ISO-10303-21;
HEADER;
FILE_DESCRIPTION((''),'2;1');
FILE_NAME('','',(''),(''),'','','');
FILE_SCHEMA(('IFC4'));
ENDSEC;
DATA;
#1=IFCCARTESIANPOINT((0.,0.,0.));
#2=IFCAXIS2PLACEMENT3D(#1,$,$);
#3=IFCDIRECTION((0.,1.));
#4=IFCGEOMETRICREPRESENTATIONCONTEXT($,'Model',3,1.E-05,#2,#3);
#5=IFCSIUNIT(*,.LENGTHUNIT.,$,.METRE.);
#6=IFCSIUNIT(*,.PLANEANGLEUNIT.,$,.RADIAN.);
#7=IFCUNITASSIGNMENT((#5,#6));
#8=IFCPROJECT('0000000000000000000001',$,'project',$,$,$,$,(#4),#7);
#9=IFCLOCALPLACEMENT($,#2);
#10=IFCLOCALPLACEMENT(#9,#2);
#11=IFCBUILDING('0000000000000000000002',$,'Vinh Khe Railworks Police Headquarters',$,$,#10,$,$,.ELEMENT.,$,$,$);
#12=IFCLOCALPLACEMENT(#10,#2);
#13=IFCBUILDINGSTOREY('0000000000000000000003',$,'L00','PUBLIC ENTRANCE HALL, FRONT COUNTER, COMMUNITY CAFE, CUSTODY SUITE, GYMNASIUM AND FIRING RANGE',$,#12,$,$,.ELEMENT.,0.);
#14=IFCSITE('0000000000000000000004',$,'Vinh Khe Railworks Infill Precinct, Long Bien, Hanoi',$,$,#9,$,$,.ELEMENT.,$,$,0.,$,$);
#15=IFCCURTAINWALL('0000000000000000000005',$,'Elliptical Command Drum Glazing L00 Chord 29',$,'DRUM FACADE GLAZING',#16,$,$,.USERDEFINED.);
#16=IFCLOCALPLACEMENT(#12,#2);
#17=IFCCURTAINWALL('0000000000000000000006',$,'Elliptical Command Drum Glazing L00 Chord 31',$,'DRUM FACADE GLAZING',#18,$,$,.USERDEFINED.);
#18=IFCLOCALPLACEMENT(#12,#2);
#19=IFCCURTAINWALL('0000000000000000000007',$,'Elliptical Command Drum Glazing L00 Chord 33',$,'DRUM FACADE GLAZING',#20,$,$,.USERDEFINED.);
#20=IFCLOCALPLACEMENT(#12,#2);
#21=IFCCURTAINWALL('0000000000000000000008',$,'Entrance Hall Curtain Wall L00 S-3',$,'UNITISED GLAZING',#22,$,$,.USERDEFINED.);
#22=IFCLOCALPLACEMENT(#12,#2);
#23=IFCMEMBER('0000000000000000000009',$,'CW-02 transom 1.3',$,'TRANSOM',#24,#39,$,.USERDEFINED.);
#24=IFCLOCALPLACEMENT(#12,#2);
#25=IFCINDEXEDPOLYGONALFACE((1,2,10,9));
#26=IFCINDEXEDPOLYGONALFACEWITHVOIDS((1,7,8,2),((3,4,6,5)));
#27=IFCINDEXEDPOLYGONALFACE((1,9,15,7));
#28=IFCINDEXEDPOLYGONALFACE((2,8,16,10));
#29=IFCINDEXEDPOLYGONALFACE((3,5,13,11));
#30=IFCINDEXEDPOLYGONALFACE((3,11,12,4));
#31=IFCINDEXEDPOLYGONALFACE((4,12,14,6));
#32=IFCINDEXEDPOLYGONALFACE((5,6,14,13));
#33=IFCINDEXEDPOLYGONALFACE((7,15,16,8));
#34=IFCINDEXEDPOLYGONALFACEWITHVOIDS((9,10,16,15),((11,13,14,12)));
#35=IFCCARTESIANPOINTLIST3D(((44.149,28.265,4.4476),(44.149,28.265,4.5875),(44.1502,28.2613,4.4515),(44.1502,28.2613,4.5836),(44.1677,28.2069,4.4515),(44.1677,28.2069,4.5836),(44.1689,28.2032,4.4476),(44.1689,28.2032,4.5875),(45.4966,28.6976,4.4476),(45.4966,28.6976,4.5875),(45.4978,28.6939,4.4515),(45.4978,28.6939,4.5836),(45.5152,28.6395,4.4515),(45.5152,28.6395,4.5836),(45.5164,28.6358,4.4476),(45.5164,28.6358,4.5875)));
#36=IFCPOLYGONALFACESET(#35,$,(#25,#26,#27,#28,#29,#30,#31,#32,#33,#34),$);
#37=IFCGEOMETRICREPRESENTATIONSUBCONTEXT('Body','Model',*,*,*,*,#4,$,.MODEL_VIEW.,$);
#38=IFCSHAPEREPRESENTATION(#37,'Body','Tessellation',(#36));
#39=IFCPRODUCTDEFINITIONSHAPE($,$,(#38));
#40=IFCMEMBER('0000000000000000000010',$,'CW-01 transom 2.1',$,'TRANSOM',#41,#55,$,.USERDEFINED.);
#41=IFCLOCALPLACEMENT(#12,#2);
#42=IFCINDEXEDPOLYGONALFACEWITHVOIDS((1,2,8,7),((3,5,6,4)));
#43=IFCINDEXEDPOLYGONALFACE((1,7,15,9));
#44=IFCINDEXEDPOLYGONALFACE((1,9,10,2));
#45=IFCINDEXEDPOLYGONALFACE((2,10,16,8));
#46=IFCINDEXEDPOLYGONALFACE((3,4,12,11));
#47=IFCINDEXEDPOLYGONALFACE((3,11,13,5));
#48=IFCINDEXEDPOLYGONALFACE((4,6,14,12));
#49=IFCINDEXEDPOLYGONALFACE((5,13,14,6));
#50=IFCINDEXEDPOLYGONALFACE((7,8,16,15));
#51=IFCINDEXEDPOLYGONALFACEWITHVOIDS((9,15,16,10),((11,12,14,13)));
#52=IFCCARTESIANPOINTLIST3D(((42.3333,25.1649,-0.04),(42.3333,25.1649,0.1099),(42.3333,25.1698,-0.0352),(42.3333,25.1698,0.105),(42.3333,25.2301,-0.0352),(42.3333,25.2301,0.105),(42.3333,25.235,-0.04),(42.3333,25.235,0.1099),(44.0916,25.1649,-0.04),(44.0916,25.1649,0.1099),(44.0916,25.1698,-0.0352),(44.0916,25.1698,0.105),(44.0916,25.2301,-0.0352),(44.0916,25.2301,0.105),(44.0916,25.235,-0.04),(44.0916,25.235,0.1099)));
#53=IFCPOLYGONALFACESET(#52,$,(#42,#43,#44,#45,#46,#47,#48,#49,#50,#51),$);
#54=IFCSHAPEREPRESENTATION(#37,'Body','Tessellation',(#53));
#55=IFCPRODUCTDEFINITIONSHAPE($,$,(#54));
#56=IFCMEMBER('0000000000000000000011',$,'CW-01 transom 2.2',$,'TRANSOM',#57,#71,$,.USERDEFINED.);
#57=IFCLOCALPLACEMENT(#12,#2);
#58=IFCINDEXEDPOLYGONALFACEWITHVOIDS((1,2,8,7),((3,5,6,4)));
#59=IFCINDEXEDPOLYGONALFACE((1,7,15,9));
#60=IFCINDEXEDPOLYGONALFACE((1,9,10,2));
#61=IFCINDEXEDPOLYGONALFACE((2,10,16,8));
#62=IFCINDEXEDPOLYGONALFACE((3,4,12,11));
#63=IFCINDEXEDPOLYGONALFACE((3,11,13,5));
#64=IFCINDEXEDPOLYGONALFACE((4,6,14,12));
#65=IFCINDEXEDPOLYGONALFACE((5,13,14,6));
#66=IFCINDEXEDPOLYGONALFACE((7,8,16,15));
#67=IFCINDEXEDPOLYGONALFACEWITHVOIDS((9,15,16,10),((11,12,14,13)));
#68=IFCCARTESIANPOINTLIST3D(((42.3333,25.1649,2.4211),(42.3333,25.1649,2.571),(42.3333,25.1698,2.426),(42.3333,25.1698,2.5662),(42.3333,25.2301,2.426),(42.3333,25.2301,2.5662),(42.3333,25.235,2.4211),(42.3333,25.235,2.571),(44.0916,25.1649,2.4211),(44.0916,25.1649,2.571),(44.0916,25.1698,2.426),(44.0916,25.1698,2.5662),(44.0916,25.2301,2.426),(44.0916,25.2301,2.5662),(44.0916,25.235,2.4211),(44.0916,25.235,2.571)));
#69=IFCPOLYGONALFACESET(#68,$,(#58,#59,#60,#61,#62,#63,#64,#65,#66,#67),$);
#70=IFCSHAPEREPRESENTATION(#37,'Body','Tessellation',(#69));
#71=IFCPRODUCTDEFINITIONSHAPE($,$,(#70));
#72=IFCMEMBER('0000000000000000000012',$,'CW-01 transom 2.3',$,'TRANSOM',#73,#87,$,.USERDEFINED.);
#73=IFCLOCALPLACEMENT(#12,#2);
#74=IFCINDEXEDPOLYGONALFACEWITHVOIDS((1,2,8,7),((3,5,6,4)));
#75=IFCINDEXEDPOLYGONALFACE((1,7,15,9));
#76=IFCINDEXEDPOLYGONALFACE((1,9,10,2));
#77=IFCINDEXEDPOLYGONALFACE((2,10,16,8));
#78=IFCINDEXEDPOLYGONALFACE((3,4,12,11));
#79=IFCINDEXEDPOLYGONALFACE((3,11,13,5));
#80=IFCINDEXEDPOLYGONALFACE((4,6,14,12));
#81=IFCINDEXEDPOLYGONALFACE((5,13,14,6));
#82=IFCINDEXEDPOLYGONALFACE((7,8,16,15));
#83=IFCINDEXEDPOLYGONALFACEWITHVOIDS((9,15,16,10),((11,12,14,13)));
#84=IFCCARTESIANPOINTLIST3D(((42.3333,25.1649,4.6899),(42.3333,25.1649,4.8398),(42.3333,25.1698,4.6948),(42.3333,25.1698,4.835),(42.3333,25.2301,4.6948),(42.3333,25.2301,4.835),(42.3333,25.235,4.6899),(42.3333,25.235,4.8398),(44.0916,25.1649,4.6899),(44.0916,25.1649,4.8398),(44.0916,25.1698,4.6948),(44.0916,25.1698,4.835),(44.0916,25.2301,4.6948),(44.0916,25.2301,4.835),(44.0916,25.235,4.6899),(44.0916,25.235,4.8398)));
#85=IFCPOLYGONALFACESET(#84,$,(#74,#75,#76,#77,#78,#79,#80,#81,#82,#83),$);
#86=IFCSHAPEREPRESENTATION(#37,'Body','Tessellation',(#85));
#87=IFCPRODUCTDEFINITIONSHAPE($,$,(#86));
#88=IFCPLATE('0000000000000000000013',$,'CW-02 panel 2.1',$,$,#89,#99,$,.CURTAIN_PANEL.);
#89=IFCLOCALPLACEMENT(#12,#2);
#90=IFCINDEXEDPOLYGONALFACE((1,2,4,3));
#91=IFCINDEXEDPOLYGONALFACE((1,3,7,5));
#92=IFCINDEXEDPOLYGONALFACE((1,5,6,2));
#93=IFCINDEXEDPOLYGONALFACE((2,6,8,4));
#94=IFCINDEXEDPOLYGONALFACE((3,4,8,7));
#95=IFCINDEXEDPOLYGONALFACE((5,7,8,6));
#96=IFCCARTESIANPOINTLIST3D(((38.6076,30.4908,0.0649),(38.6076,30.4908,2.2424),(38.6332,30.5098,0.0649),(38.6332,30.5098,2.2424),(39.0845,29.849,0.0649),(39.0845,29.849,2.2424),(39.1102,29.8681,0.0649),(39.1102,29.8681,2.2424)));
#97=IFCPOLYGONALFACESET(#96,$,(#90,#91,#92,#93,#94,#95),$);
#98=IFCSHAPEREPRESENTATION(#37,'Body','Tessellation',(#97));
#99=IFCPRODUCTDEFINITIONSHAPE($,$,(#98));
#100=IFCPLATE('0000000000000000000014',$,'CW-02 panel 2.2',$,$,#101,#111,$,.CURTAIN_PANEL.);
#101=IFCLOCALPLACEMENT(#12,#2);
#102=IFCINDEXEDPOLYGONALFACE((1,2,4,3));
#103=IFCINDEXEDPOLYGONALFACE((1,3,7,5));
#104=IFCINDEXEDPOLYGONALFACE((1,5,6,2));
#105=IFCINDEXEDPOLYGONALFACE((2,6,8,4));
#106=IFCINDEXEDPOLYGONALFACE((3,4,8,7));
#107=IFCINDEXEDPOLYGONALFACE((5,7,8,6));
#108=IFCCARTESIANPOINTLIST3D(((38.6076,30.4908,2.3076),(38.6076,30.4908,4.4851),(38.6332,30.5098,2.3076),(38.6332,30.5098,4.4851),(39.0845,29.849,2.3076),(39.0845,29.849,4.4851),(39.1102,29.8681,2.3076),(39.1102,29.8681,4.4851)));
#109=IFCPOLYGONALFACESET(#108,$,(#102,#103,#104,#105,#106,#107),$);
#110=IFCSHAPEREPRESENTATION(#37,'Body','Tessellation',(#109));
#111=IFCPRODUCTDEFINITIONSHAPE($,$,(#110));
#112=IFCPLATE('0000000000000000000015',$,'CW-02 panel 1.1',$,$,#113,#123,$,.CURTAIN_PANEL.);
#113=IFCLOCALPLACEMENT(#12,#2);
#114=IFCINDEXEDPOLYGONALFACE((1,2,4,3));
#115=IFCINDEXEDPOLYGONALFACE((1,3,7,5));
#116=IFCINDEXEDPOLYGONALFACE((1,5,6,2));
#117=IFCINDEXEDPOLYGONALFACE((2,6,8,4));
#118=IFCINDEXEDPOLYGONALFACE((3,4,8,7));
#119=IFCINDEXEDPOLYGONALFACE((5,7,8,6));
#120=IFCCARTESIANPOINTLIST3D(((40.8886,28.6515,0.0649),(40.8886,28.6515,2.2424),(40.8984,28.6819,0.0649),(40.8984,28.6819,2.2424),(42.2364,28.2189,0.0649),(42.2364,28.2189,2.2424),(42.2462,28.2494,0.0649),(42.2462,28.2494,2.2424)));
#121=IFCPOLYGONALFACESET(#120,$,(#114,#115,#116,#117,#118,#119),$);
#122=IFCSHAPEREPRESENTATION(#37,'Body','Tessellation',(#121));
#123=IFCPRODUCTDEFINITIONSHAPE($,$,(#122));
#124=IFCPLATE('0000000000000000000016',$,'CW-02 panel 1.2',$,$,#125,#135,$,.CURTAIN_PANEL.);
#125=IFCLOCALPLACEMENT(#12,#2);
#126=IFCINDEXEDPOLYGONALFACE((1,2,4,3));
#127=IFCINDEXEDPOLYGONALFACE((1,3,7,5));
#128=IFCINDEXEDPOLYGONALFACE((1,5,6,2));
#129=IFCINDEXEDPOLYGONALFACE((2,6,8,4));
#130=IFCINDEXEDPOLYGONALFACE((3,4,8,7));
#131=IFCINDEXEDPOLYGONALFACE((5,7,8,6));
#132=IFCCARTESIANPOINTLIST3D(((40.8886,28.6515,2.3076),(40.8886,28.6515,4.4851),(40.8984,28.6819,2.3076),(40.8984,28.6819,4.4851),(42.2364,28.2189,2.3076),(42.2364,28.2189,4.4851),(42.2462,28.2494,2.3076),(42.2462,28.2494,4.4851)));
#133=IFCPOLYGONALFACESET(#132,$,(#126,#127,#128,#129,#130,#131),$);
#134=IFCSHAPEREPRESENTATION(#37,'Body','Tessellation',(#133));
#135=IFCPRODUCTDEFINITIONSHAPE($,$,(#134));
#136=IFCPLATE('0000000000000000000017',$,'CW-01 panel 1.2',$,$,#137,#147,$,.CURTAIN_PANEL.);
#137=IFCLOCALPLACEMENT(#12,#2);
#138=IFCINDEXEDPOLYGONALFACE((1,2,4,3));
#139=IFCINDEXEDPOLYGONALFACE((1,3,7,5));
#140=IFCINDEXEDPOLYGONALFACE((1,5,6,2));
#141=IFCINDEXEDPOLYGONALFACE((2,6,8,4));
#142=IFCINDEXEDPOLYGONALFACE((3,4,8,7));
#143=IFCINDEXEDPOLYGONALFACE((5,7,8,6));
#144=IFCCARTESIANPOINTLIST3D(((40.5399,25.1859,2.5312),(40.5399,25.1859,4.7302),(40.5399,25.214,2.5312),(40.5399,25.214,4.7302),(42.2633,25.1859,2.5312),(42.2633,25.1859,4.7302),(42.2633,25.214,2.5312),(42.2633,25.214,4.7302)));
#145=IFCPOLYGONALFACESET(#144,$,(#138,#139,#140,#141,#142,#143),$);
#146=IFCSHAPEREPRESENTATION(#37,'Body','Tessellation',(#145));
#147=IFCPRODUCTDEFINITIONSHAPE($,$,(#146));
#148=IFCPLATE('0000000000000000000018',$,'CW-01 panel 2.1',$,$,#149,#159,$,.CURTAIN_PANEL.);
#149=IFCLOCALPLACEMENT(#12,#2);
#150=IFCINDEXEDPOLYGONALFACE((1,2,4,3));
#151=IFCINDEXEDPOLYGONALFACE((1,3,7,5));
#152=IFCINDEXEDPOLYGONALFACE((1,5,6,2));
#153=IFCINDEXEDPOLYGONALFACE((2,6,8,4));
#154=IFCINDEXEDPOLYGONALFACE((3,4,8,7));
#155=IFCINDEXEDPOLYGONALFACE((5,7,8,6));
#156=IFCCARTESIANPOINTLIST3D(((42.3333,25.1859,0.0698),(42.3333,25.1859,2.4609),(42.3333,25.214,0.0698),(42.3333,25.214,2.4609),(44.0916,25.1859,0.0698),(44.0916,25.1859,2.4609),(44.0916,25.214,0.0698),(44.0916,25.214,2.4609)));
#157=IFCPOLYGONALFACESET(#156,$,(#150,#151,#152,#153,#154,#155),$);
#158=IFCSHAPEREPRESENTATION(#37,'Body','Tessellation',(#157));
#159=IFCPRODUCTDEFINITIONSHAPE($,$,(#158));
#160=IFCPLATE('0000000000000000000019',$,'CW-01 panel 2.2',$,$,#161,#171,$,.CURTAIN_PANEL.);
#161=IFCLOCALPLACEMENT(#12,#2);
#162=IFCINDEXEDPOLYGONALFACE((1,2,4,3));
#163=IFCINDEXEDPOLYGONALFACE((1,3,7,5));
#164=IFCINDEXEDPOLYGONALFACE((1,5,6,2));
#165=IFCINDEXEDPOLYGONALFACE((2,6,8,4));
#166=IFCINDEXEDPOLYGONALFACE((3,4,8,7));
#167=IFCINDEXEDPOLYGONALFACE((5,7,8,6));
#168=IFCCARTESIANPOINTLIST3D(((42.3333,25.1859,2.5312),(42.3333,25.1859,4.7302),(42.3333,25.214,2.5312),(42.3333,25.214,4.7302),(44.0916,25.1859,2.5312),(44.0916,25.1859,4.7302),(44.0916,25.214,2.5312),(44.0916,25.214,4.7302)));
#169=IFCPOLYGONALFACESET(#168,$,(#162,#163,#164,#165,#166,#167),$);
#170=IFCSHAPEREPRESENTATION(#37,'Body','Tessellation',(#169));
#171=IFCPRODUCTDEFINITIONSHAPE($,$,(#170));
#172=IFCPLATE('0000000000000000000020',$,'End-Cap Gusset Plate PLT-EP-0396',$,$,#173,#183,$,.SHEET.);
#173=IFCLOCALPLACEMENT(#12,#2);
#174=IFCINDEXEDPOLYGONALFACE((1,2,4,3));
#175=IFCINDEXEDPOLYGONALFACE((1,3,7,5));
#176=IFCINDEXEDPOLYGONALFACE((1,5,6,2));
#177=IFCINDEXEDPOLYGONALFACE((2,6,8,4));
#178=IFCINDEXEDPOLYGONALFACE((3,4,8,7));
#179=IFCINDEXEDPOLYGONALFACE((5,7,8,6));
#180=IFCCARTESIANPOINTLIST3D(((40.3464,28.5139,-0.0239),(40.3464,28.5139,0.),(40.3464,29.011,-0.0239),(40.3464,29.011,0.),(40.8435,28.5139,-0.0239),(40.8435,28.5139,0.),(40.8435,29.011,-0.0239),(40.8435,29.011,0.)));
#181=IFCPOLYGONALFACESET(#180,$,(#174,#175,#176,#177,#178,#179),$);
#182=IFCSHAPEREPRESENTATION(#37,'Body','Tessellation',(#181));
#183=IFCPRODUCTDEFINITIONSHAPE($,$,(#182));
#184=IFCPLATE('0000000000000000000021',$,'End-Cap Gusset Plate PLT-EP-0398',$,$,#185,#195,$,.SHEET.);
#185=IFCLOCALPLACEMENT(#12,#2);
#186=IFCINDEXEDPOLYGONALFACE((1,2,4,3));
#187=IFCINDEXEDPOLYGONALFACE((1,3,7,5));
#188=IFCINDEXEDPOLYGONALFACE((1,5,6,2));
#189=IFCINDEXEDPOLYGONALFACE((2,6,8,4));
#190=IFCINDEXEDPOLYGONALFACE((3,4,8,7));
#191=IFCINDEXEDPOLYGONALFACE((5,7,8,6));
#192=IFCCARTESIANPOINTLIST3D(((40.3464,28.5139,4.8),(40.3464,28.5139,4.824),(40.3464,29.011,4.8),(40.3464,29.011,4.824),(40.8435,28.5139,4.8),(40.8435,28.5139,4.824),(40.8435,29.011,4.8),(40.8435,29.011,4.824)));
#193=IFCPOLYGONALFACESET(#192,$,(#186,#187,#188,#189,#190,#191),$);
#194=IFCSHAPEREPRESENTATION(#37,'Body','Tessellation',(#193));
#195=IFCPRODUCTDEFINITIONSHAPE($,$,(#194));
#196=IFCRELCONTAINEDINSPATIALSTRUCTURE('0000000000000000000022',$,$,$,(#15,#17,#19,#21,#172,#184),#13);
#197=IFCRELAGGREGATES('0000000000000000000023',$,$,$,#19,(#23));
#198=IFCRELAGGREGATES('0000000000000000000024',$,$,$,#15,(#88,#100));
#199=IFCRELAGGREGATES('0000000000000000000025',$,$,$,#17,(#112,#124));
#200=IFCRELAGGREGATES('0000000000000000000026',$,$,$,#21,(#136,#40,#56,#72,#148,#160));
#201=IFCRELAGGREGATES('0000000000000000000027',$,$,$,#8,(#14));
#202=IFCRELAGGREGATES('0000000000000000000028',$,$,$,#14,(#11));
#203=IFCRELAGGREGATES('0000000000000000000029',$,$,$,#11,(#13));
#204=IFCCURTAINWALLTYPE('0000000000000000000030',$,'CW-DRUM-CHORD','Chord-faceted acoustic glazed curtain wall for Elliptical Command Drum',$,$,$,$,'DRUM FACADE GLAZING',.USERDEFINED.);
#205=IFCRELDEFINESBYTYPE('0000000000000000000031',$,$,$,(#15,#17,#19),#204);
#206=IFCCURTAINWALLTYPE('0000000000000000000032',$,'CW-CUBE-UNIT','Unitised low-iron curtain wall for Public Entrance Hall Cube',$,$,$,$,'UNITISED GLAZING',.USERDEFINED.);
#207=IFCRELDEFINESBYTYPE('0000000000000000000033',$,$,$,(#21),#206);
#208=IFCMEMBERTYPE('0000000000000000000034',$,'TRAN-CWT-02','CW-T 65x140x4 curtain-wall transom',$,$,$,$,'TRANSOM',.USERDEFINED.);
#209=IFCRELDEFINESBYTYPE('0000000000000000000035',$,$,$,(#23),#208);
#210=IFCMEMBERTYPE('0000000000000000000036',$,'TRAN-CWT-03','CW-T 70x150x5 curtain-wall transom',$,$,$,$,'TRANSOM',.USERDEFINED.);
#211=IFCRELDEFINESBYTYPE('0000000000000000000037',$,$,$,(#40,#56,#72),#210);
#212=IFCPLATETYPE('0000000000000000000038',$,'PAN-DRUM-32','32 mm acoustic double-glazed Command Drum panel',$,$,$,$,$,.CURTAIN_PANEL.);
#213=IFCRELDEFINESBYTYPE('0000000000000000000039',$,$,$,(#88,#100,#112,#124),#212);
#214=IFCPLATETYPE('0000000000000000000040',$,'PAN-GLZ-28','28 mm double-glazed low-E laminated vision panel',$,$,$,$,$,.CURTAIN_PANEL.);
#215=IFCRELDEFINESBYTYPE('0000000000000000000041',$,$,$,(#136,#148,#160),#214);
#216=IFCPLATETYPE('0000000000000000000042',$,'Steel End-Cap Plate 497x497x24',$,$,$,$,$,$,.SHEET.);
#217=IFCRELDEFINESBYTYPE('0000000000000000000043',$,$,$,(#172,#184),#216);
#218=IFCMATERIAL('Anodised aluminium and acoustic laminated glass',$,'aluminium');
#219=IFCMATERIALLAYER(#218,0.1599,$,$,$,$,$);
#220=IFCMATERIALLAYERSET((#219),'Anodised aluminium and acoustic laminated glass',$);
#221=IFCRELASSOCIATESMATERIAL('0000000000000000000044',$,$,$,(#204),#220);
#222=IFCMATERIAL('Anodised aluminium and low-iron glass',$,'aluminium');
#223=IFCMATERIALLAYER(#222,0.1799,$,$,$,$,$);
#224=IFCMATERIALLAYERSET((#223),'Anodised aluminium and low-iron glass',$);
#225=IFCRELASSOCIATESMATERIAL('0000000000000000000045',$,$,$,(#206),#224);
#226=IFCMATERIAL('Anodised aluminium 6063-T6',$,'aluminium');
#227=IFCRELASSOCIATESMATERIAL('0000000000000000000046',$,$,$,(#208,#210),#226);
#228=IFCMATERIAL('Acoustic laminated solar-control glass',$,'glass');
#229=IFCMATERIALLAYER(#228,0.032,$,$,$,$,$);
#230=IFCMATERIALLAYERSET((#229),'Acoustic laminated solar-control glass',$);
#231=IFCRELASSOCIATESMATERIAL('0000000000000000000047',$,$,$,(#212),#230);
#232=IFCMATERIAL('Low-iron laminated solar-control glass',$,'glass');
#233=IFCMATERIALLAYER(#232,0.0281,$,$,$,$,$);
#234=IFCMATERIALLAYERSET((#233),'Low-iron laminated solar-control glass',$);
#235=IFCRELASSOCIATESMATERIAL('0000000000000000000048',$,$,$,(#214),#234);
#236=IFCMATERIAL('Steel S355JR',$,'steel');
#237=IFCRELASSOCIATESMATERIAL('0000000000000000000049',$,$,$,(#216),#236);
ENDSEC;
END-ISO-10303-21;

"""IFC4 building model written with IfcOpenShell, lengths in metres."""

from ifc_helpers import new_model, si_unit, direction, frame, origin, origin_2d, place, context, subcontext, project, spatial, rectangle, hollow_rectangle, extrude, material, layer, layer_set, material_profile, profile_set, type_object, element, aggregate, save


model = new_model("IFC4")

# Units and contexts
model_context = context("Model", 3, precision=1e-05, world=origin(), true_north=direction((0.0, 1.0)))
body_context = subcontext(model_context, "Body", "Model", "MODEL_VIEW")
ifc_project = project(units=[si_unit("LENGTHUNIT", "METRE"), si_unit("PLANEANGLEUNIT", "RADIAN")], contexts=[model_context])

# Site, building, storey
site_placement = place(None, origin())
site = spatial("IfcSite", under=ifc_project, at=site_placement, Name="Vinh Khe Railworks Infill Precinct, Long Bien, Hanoi", CompositionType="ELEMENT", RefElevation=0.0)
building_placement = place(site_placement, origin())
building = spatial("IfcBuilding", under=site, at=building_placement, Name="Vinh Khe Railworks Police Headquarters", CompositionType="ELEMENT")
storey_placement = place(building_placement, origin())
storey = spatial("IfcBuildingStorey", under=building, at=storey_placement, Name="L00", Description="PUBLIC ENTRANCE HALL, FRONT COUNTER, COMMUNITY CAFE, CUSTODY SUITE, GYMNASIUM AND FIRING RANGE", CompositionType="ELEMENT", Elevation=0.0)

# Shared definitions
ifc_material_1 = material(Name="Steel S355JR", Category="steel")

# Curtain walls
ifc_material_2 = material(Name="Anodised aluminium and acoustic laminated glass", Category="aluminium")
ifc_layer_1 = layer(ifc_material_2, 0.1599)
ifc_layer_set_1 = layer_set([ifc_layer_1], Name="Anodised aluminium and acoustic laminated glass")
curtain_wall_type_1 = type_object("IfcCurtainWallType", Name="CW-DRUM-CHORD", Description="Chord-faceted acoustic glazed curtain wall for Elliptical Command Drum", ElementType="DRUM FACADE GLAZING", PredefinedType="USERDEFINED", material=ifc_layer_set_1)
curtain_wall_1_placement = place(storey_placement, origin())
curtain_wall_1 = element("IfcCurtainWall", 1, at=curtain_wall_1_placement, inside=storey, type_object=curtain_wall_type_1, Name="Elliptical Command Drum Glazing L00 Chord 29", ObjectType="DRUM FACADE GLAZING", PredefinedType="USERDEFINED")
ifc_material_3 = material(Name="Anodised aluminium 6063-T6", Category="aluminium")
curtain_wall_2_placement = place(storey_placement, origin())
curtain_wall_2 = element("IfcCurtainWall", 2, at=curtain_wall_2_placement, inside=storey, type_object=curtain_wall_type_1, Name="Elliptical Command Drum Glazing L00 Chord 31", ObjectType="DRUM FACADE GLAZING", PredefinedType="USERDEFINED")

# Curtain wall
curtain_wall_3_placement = place(storey_placement, origin())
curtain_wall_3 = element("IfcCurtainWall", 3, at=curtain_wall_3_placement, inside=storey, type_object=curtain_wall_type_1, Name="Elliptical Command Drum Glazing L00 Chord 33", ObjectType="DRUM FACADE GLAZING", PredefinedType="USERDEFINED")

# Curtain wall
ifc_material_4 = material(Name="Anodised aluminium and low-iron glass", Category="aluminium")
ifc_layer_2 = layer(ifc_material_4, 0.1799)
ifc_layer_set_2 = layer_set([ifc_layer_2], Name="Anodised aluminium and low-iron glass")
curtain_wall_type_2 = type_object("IfcCurtainWallType", Name="CW-CUBE-UNIT", Description="Unitised low-iron curtain wall for Public Entrance Hall Cube", ElementType="UNITISED GLAZING", PredefinedType="USERDEFINED", material=ifc_layer_set_2)
curtain_wall_4_placement = place(storey_placement, origin())
curtain_wall_4 = element("IfcCurtainWall", 4, at=curtain_wall_4_placement, inside=storey, type_object=curtain_wall_type_2, Name="Entrance Hall Curtain Wall L00 S-3", ObjectType="UNITISED GLAZING", PredefinedType="USERDEFINED")

# Members
ifc_material_profile_1 = material_profile(ifc_material_3, hollow_rectangle(XDim=0.0649, YDim=0.1399, WallThickness=0.0039, at=origin_2d()), Name="CW-T 65x140x4")
ifc_profile_set_1 = profile_set([ifc_material_profile_1], Name="Anodised aluminium 6063-T6")
member_type_1 = type_object("IfcMemberType", Name="TRAN-CWT-02", Description="CW-T 65x140x4 curtain-wall transom", ElementType="TRANSOM", PredefinedType="USERDEFINED", material=ifc_profile_set_1)
member_1_placement = place(storey_placement, frame((44.1589, 28.2341, 4.5176), z_axis=(0.952143, 0.305652, 0.0), x_axis=(-0.305652, 0.952143, 0.0)))
member_1 = element("IfcMember", 5, at=member_1_placement, type_object=member_type_1, Name="CW-02 transom 1.3", ObjectType="TRANSOM", PredefinedType="USERDEFINED", context=body_context, shape_type="SweptSolid", body=[
    extrude(hollow_rectangle(XDim=0.0649, YDim=0.1399, WallThickness=0.0039, at=origin_2d()), origin(), (0.0, 0.0, 1.0), 1.4153),
])
aggregate(curtain_wall_3, [member_1])
ifc_material_profile_2 = material_profile(ifc_material_3, hollow_rectangle(XDim=0.0701, YDim=0.1499, WallThickness=0.0049, at=origin_2d()), Name="CW-T 70x150x5")
ifc_profile_set_2 = profile_set([ifc_material_profile_2], Name="Anodised aluminium 6063-T6")
member_type_2 = type_object("IfcMemberType", Name="TRAN-CWT-03", Description="CW-T 70x150x5 curtain-wall transom", ElementType="TRANSOM", PredefinedType="USERDEFINED", material=ifc_profile_set_2)
member_2_placement = place(storey_placement, frame((42.3333, 25.2, 0.0349), z_axis=(1.0, 0.0, 0.0), x_axis=(0.0, 1.0, 0.0)))
member_2 = element("IfcMember", 6, at=member_2_placement, type_object=member_type_2, Name="CW-01 transom 2.1", ObjectType="TRANSOM", PredefinedType="USERDEFINED", context=body_context, shape_type="SweptSolid", body=[
    extrude(hollow_rectangle(XDim=0.0701, YDim=0.1499, WallThickness=0.0049, at=origin_2d()), origin(), (0.0, 0.0, 1.0), 1.7583),
])
member_3_placement = place(storey_placement, frame((42.3333, 25.2, 2.4961), z_axis=(1.0, 0.0, 0.0), x_axis=(0.0, 1.0, 0.0)))
member_3 = element("IfcMember", 7, at=member_3_placement, type_object=member_type_2, Name="CW-01 transom 2.2", ObjectType="TRANSOM", PredefinedType="USERDEFINED", context=body_context, shape_type="SweptSolid", body=[
    extrude(hollow_rectangle(XDim=0.0701, YDim=0.1499, WallThickness=0.0049, at=origin_2d()), origin(), (0.0, 0.0, 1.0), 1.7583),
])
member_4_placement = place(storey_placement, frame((42.3333, 25.2, 4.7649), z_axis=(1.0, 0.0, 0.0), x_axis=(0.0, 1.0, 0.0)))
member_4 = element("IfcMember", 8, at=member_4_placement, type_object=member_type_2, Name="CW-01 transom 2.3", ObjectType="TRANSOM", PredefinedType="USERDEFINED", context=body_context, shape_type="SweptSolid", body=[
    extrude(hollow_rectangle(XDim=0.0701, YDim=0.1499, WallThickness=0.0049, at=origin_2d()), origin(), (0.0, 0.0, 1.0), 1.7583),
])

# Plates
ifc_material_5 = material(Name="Acoustic laminated solar-control glass", Category="glass")
ifc_layer_3 = layer(ifc_material_5, 0.032)
ifc_layer_set_3 = layer_set([ifc_layer_3], Name="Acoustic laminated solar-control glass")
plate_type_1 = type_object("IfcPlateType", Name="PAN-DRUM-32", Description="32 mm acoustic double-glazed Command Drum panel", PredefinedType="CURTAIN_PANEL", material=ifc_layer_set_3)
plate_1_placement = place(storey_placement, frame((38.8589, 30.1794, 0.0649), z_axis=(0.0, 0.0, 1.0), x_axis=(0.596528, -0.802592, 0.0)))
plate_1 = element("IfcPlate", 9, at=plate_1_placement, type_object=plate_type_1, Name="CW-02 panel 2.1", PredefinedType="CURTAIN_PANEL", context=body_context, shape_type="SweptSolid", body=[
    extrude(rectangle(XDim=0.7996, YDim=0.032, at=origin_2d()), origin(), (0.0, 0.0, 1.0), 2.1775),
])
plate_2_placement = place(storey_placement, frame((38.8589, 30.1794, 2.3076), z_axis=(0.0, 0.0, 1.0), x_axis=(0.596528, -0.802592, 0.0)))
plate_2 = element("IfcPlate", 10, at=plate_2_placement, type_object=plate_type_1, Name="CW-02 panel 2.2", PredefinedType="CURTAIN_PANEL", context=body_context, shape_type="SweptSolid", body=[
    extrude(rectangle(XDim=0.7996, YDim=0.032, at=origin_2d()), origin(), (0.0, 0.0, 1.0), 2.1775),
])
aggregate(curtain_wall_1, [plate_1, plate_2])
plate_3_placement = place(storey_placement, frame((41.5674, 28.4504, 0.0649), z_axis=(0.0, 0.0, 1.0), x_axis=(0.952168, -0.305576, 0.0)))
plate_3 = element("IfcPlate", 11, at=plate_3_placement, type_object=plate_type_1, Name="CW-02 panel 1.1", PredefinedType="CURTAIN_PANEL", context=body_context, shape_type="SweptSolid", body=[
    extrude(rectangle(XDim=1.4155, YDim=0.032, at=origin_2d()), origin(), (0.0, 0.0, 1.0), 2.1775),
])
plate_4_placement = place(storey_placement, frame((41.5674, 28.4504, 2.3076), z_axis=(0.0, 0.0, 1.0), x_axis=(0.952168, -0.305576, 0.0)))
plate_4 = element("IfcPlate", 12, at=plate_4_placement, type_object=plate_type_1, Name="CW-02 panel 1.2", PredefinedType="CURTAIN_PANEL", context=body_context, shape_type="SweptSolid", body=[
    extrude(rectangle(XDim=1.4155, YDim=0.032, at=origin_2d()), origin(), (0.0, 0.0, 1.0), 2.1775),
])
aggregate(curtain_wall_2, [plate_3, plate_4])
ifc_material_6 = material(Name="Low-iron laminated solar-control glass", Category="glass")
ifc_layer_4 = layer(ifc_material_6, 0.0281)
ifc_layer_set_4 = layer_set([ifc_layer_4], Name="Low-iron laminated solar-control glass")
plate_type_2 = type_object("IfcPlateType", Name="PAN-GLZ-28", Description="28 mm double-glazed low-E laminated vision panel", PredefinedType="CURTAIN_PANEL", material=ifc_layer_set_4)
plate_5_placement = place(storey_placement, frame((41.4016, 25.2, 2.5312), z_axis=(0.0, 0.0, 1.0), x_axis=(1.0, 0.0, 0.0)))
plate_5 = element("IfcPlate", 13, at=plate_5_placement, type_object=plate_type_2, Name="CW-01 panel 1.2", PredefinedType="CURTAIN_PANEL", context=body_context, shape_type="SweptSolid", body=[
    extrude(rectangle(XDim=1.7234, YDim=0.0281, at=origin_2d()), origin(), (0.0, 0.0, 1.0), 2.199),
])
plate_6_placement = place(storey_placement, frame((43.2124, 25.2, 0.0698), z_axis=(0.0, 0.0, 1.0), x_axis=(1.0, 0.0, 0.0)))
plate_6 = element("IfcPlate", 14, at=plate_6_placement, type_object=plate_type_2, Name="CW-01 panel 2.1", PredefinedType="CURTAIN_PANEL", context=body_context, shape_type="SweptSolid", body=[
    extrude(rectangle(XDim=1.7583, YDim=0.0281, at=origin_2d()), origin(), (0.0, 0.0, 1.0), 2.3911),
])
plate_7_placement = place(storey_placement, frame((43.2124, 25.2, 2.5312), z_axis=(0.0, 0.0, 1.0), x_axis=(1.0, 0.0, 0.0)))
plate_7 = element("IfcPlate", 15, at=plate_7_placement, type_object=plate_type_2, Name="CW-01 panel 2.2", PredefinedType="CURTAIN_PANEL", context=body_context, shape_type="SweptSolid", body=[
    extrude(rectangle(XDim=1.7583, YDim=0.0281, at=origin_2d()), origin(), (0.0, 0.0, 1.0), 2.199),
])
aggregate(curtain_wall_4, [plate_5, member_2, member_3, member_4, plate_6, plate_7])

# Plates
ifc_material_profile_3 = material_profile(ifc_material_1, rectangle(XDim=0.4971, YDim=0.4971, at=origin_2d()), Name="PL 497x497")
ifc_profile_set_3 = profile_set([ifc_material_profile_3], Name="Steel S355JR")
plate_type_3 = type_object("IfcPlateType", Name="Steel End-Cap Plate 497x497x24", PredefinedType="SHEET", material=ifc_profile_set_3)
for number, where, z_axis, x_axis, name in (
    (16, (40.595, 28.7625, 0.0), (0.0, 0.0, -1.0), (1.0, 0.0, 0.0), "End-Cap Gusset Plate PLT-EP-0396"),
    (17, (40.595, 28.7625, 4.8), (0.0, 0.0, 1.0), (1.0, 0.0, 0.0), "End-Cap Gusset Plate PLT-EP-0398"),
):
    element("IfcPlate", number, at=place(storey_placement, frame(where, z_axis=z_axis, x_axis=x_axis)), inside=storey, type_object=plate_type_3, Name=name, PredefinedType="SHEET", context=body_context, shape_type="SweptSolid", body=[
        extrude(rectangle(XDim=0.4971, YDim=0.4971, at=origin_2d()), origin(), (0.0, 0.0, 1.0), 0.0239),
    ])

save(model, "model.ifc")
